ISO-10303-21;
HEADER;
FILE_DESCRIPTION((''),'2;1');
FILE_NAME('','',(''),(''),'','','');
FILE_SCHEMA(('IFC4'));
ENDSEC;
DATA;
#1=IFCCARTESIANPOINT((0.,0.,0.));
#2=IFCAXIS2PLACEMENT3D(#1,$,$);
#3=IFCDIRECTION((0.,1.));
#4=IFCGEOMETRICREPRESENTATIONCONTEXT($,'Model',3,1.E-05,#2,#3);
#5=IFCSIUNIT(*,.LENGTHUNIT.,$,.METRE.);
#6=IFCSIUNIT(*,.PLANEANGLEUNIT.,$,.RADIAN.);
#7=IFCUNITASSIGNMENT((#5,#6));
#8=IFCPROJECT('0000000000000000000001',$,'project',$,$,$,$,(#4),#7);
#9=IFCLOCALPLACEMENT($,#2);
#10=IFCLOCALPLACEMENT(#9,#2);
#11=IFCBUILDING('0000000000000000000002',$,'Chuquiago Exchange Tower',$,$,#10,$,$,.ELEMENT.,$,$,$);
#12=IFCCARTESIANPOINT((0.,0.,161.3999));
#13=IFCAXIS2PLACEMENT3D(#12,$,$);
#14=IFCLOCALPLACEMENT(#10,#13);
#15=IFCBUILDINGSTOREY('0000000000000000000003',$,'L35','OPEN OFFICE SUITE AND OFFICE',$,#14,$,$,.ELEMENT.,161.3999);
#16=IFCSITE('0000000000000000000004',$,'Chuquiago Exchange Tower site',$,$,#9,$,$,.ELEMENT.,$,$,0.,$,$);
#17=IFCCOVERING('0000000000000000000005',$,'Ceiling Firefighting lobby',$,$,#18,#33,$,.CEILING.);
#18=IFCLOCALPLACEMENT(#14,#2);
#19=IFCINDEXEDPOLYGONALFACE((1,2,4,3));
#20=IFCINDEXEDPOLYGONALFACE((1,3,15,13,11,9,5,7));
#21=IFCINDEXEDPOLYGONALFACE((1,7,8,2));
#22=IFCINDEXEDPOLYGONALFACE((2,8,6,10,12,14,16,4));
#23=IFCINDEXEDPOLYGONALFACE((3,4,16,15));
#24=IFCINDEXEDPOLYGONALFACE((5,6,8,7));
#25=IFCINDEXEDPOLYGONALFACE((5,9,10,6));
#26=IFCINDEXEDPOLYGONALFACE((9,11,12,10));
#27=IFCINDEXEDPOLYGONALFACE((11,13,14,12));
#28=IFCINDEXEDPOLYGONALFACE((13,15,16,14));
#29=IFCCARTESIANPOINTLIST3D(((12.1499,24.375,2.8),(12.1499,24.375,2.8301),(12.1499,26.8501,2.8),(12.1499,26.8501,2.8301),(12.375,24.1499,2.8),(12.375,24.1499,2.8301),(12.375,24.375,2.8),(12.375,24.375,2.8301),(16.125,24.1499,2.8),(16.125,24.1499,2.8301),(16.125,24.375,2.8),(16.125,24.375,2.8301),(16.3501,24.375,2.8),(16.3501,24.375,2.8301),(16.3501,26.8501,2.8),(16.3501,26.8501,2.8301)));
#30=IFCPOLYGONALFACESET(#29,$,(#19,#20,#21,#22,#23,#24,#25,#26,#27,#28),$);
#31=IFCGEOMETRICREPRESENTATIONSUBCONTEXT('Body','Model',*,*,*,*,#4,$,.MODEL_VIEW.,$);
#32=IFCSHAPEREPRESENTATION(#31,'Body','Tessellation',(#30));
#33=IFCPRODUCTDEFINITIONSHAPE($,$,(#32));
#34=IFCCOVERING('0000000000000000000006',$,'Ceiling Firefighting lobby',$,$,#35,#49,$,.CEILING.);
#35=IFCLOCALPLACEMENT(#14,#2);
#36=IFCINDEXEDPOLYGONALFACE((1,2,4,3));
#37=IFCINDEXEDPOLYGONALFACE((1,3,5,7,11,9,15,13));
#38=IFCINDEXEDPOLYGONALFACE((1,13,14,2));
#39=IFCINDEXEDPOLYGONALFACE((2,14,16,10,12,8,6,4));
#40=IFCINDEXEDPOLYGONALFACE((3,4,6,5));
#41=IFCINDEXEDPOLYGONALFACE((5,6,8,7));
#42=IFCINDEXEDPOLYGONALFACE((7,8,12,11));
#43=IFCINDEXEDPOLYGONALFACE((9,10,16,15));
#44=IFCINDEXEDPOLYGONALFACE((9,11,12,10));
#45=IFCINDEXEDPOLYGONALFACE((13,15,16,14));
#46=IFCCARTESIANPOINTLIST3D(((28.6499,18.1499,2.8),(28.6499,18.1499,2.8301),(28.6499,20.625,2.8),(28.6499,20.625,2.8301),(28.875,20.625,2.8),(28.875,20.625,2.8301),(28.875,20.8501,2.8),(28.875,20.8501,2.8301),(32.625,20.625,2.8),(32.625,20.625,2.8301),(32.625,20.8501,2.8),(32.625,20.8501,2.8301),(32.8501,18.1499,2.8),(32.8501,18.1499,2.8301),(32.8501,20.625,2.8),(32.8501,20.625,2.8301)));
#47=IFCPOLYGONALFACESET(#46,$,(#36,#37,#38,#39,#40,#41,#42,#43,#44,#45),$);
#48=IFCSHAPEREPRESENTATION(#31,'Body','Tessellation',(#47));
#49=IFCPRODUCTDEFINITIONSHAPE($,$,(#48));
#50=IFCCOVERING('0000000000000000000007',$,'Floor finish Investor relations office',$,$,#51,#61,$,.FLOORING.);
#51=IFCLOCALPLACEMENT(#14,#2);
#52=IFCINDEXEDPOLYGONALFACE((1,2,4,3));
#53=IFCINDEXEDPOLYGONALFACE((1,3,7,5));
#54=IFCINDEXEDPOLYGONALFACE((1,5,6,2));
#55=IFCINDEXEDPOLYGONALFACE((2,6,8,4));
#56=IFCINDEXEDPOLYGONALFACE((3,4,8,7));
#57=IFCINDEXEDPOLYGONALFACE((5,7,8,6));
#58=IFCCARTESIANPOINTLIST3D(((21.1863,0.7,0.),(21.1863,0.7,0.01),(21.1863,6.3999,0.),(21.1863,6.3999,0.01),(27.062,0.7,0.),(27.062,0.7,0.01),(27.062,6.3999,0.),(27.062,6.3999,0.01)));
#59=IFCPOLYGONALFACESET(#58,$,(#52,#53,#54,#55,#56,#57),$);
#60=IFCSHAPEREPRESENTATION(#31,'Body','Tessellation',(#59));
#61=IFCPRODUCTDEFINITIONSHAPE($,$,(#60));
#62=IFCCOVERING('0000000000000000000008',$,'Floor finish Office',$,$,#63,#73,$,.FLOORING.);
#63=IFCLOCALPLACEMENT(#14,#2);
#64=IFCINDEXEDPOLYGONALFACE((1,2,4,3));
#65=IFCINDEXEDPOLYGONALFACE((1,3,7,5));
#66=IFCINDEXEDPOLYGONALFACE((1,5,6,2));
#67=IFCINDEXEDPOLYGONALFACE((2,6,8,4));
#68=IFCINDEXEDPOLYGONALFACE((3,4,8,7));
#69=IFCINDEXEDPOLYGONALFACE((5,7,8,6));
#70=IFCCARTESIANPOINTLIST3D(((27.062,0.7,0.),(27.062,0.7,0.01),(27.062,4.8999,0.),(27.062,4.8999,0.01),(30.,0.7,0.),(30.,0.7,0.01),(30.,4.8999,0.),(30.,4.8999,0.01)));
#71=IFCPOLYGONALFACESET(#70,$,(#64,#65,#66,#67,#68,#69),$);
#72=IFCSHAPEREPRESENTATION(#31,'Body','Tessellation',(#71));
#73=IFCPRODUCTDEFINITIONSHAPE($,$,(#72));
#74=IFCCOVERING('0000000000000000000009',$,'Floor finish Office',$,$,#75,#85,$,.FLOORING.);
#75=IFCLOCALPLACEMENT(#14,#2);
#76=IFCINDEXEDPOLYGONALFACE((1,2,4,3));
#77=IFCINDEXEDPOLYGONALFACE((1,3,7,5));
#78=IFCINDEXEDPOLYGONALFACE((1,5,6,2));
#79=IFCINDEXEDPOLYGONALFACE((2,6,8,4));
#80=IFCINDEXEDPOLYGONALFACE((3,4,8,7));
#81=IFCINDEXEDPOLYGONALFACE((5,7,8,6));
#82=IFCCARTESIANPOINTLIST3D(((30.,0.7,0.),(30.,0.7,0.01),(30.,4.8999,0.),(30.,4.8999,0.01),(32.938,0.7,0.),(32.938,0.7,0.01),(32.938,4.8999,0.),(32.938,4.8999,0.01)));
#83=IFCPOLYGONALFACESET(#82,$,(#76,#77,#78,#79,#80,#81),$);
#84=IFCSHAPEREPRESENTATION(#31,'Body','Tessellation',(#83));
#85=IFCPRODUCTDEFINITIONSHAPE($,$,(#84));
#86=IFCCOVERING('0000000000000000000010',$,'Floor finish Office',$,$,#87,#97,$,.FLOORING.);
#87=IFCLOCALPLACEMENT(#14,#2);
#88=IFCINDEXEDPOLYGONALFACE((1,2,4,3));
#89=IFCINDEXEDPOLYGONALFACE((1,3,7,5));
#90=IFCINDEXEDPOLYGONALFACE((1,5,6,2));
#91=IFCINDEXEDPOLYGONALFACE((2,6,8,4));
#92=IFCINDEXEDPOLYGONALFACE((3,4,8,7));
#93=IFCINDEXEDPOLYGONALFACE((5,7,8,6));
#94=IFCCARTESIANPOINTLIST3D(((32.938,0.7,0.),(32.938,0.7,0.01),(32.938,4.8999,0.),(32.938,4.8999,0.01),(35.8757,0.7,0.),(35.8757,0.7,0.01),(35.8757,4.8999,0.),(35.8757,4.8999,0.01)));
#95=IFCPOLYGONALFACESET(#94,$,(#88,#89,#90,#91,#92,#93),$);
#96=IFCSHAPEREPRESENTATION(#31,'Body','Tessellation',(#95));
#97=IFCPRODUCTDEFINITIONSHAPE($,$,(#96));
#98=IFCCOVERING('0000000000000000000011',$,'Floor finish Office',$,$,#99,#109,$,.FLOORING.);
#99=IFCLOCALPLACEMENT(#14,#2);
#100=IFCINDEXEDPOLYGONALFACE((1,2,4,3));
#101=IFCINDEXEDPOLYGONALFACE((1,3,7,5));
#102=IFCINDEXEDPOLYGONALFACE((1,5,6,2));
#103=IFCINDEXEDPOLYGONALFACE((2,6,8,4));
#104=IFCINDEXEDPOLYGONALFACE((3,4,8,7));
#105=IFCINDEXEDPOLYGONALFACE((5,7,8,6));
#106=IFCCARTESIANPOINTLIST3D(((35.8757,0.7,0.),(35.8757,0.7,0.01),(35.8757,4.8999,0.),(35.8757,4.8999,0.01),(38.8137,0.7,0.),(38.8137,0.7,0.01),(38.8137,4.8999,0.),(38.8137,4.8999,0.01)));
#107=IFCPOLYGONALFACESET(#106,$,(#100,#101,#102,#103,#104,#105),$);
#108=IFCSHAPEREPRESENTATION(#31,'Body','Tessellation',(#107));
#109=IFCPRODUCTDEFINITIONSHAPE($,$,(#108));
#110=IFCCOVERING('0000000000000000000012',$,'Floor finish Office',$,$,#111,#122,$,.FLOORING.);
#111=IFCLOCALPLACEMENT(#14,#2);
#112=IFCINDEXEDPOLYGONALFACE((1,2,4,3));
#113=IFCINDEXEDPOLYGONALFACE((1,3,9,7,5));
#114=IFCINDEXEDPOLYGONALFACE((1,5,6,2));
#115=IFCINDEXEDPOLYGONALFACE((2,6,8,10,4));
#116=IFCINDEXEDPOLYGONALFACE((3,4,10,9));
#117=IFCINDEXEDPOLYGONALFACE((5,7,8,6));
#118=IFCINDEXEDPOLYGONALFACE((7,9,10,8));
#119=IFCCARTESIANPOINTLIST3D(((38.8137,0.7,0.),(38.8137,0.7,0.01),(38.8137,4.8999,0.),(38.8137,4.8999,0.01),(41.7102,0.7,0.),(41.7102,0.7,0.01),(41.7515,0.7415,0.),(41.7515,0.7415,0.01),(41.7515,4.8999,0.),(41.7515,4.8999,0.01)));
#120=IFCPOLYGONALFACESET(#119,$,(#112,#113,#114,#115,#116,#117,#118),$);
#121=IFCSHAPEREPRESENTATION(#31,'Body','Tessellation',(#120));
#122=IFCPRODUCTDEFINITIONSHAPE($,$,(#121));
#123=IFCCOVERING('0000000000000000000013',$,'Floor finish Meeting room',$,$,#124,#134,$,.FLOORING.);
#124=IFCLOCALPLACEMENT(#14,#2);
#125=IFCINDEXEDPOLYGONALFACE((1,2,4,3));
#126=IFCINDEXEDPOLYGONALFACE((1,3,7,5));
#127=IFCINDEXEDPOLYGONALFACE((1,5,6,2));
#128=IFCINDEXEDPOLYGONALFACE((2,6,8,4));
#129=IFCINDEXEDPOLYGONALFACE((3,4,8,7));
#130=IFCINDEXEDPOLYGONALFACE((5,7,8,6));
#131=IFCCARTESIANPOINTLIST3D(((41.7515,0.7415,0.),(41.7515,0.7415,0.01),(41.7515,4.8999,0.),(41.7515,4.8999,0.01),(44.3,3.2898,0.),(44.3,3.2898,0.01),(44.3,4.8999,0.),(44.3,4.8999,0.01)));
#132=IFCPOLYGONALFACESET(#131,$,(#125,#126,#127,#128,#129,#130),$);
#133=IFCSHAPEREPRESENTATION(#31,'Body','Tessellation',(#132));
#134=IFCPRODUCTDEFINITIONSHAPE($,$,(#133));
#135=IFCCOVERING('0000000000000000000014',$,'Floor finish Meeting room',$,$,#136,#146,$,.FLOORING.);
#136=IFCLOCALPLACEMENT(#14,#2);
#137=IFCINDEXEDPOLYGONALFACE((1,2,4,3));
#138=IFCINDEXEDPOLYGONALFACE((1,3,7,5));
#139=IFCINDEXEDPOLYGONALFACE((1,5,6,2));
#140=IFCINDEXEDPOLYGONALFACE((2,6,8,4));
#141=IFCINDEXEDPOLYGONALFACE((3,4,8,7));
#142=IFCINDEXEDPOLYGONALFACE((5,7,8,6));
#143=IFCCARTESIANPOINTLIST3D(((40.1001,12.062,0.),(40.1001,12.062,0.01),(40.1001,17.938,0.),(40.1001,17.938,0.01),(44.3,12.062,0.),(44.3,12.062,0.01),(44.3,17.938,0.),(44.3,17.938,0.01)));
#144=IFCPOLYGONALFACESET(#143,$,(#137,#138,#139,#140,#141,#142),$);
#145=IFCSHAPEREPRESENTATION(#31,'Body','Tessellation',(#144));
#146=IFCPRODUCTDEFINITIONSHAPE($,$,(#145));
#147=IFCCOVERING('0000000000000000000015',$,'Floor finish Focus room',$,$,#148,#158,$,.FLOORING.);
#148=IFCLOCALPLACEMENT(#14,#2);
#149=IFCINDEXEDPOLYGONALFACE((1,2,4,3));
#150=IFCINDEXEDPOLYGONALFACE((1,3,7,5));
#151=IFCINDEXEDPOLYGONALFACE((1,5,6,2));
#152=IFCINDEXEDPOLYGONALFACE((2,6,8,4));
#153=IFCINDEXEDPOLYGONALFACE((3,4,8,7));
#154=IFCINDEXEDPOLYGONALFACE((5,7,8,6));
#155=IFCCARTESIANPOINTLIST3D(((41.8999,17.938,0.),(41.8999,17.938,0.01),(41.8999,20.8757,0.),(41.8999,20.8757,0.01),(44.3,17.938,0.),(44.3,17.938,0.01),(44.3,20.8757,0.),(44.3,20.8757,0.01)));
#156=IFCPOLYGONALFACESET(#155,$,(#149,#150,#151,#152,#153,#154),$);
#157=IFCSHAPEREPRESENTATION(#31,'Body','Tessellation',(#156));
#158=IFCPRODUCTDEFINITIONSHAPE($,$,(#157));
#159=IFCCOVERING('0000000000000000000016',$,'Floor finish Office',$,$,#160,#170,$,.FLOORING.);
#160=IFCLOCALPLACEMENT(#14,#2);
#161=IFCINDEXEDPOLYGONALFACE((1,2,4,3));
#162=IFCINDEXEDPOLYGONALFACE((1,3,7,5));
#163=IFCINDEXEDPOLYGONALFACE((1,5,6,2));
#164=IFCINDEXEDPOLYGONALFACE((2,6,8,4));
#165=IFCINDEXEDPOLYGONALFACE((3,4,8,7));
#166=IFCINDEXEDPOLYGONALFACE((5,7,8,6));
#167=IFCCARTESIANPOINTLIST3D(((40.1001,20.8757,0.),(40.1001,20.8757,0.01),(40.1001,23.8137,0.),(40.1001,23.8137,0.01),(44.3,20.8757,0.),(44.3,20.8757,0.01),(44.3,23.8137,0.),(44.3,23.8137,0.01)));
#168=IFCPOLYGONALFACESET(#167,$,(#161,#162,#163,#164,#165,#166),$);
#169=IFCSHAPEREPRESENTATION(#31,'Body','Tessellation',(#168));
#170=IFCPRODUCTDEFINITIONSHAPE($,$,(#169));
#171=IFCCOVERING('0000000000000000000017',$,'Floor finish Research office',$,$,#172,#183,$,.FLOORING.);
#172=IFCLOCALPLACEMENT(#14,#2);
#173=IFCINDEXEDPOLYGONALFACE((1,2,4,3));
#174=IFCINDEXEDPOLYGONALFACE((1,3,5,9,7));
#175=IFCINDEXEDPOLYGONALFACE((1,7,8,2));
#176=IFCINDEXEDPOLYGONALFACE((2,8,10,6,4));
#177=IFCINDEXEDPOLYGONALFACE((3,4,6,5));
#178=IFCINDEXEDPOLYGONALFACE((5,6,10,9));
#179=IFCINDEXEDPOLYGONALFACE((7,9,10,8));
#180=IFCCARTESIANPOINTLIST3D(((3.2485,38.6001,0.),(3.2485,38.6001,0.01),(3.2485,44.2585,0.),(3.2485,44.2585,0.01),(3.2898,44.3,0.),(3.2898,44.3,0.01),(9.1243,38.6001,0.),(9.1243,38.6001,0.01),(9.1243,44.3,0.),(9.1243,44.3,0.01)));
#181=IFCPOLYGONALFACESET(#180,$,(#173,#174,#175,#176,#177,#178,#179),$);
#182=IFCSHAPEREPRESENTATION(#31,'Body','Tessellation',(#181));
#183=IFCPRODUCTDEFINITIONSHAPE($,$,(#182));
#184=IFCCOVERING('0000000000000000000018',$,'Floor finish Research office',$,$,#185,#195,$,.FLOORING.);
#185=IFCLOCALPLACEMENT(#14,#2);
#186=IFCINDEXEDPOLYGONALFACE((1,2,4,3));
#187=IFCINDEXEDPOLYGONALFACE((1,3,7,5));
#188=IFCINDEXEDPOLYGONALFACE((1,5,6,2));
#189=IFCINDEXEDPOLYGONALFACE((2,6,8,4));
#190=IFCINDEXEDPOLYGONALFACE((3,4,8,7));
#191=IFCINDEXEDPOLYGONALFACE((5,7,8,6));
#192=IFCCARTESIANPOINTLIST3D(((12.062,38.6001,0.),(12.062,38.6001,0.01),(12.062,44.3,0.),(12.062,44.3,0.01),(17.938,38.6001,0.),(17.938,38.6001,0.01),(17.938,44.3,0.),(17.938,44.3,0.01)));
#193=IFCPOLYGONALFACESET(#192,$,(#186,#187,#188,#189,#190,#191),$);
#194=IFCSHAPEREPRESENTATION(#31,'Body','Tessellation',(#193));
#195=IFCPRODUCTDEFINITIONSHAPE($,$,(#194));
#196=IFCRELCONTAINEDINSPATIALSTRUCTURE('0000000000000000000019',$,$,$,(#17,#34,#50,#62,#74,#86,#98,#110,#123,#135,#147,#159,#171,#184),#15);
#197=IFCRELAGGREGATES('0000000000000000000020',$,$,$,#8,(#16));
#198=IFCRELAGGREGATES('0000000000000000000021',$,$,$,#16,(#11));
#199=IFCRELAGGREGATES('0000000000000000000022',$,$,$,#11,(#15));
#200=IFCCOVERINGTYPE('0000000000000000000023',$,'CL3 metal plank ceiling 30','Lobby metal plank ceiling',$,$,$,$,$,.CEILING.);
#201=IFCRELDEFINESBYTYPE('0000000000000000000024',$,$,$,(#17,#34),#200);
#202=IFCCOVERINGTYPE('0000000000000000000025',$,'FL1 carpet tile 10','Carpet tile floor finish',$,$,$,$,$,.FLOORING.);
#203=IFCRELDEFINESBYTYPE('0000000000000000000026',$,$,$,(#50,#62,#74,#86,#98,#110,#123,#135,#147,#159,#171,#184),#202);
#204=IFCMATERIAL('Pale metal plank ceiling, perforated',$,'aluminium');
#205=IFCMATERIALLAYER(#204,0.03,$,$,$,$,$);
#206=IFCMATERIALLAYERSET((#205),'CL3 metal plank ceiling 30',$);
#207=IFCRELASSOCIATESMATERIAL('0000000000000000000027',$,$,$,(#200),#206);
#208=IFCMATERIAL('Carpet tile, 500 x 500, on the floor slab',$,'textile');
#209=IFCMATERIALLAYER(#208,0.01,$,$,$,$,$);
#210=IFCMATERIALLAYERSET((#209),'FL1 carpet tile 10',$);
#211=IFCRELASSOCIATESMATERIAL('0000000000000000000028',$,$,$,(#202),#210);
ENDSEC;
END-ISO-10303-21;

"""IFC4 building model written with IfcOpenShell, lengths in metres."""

from ifc_helpers import new_model, si_unit, direction, frame, origin, place, context, subcontext, project, spatial, polyline, outline, extrude, material, layer, layer_set, type_object, element, save


model = new_model("IFC4")

# Units and contexts
model_context = context("Model", 3, precision=1e-05, world=origin(), true_north=direction((0.0, 1.0)))
body_context = subcontext(model_context, "Body", "Model", "MODEL_VIEW")
ifc_project = project(units=[si_unit("LENGTHUNIT", "METRE"), si_unit("PLANEANGLEUNIT", "RADIAN")], contexts=[model_context])

# Site, building, storey
site_placement = place(None, origin())
site = spatial("IfcSite", under=ifc_project, at=site_placement, Name="Chuquiago Exchange Tower site", CompositionType="ELEMENT", RefElevation=0.0)
building_placement = place(site_placement, origin())
building = spatial("IfcBuilding", under=site, at=building_placement, Name="Chuquiago Exchange Tower", CompositionType="ELEMENT")
storey_placement = place(building_placement, frame((0.0, 0.0, 161.3999)))
storey = spatial("IfcBuildingStorey", under=building, at=storey_placement, Name="L35", Description="OPEN OFFICE SUITE AND OFFICE", CompositionType="ELEMENT", Elevation=161.3999)

# Coverings
ifc_material_1 = material(Name="Pale metal plank ceiling, perforated", Category="aluminium")
ifc_layer_1 = layer(ifc_material_1, 0.03)
ifc_layer_set_1 = layer_set([ifc_layer_1], Name="CL3 metal plank ceiling 30")
covering_type_1 = type_object("IfcCoveringType", Name="CL3 metal plank ceiling 30", Description="Lobby metal plank ceiling", PredefinedType="CEILING", material=ifc_layer_set_1)
covering_1_placement = place(storey_placement, frame((0.0, 0.0, 2.8)))
element("IfcCovering", 1, at=covering_1_placement, inside=storey, type_object=covering_type_1, Name="Ceiling Firefighting lobby", PredefinedType="CEILING", context=body_context, shape_type="SweptSolid", body=[
    extrude(outline(polyline([(12.375, 24.1499), (12.375, 24.375), (12.1499, 24.375), (12.1499, 26.8501), (16.3501, 26.8501), (16.3501, 24.375), (16.125, 24.375), (16.125, 24.1499), (12.375, 24.1499)])), origin(), (0.0, 0.0, 1.0), 0.03),
])
covering_2_placement = place(storey_placement, frame((0.0, 0.0, 2.8)))
element("IfcCovering", 2, at=covering_2_placement, inside=storey, type_object=covering_type_1, Name="Ceiling Firefighting lobby", PredefinedType="CEILING", context=body_context, shape_type="SweptSolid", body=[
    extrude(outline(polyline([(28.6499, 18.1499), (28.6499, 20.625), (28.875, 20.625), (28.875, 20.8501), (32.625, 20.8501), (32.625, 20.625), (32.8501, 20.625), (32.8501, 18.1499), (28.6499, 18.1499)])), origin(), (0.0, 0.0, 1.0), 0.03),
])
ifc_material_2 = material(Name="Carpet tile, 500 x 500, on the floor slab", Category="textile")
ifc_layer_2 = layer(ifc_material_2, 0.01)
ifc_layer_set_2 = layer_set([ifc_layer_2], Name="FL1 carpet tile 10")
covering_type_2 = type_object("IfcCoveringType", Name="FL1 carpet tile 10", Description="Carpet tile floor finish", PredefinedType="FLOORING", material=ifc_layer_set_2)
covering_3_placement = place(storey_placement, origin())
element("IfcCovering", 3, at=covering_3_placement, inside=storey, type_object=covering_type_2, Name="Floor finish Investor relations office", PredefinedType="FLOORING", context=body_context, shape_type="SweptSolid", body=[
    extrude(outline(polyline([(21.1863, 0.7), (21.1863, 6.3999), (27.062, 6.3999), (27.062, 0.7), (21.1863, 0.7)])), origin(), (0.0, 0.0, 1.0), 0.01),
])
covering_4_placement = place(storey_placement, origin())
element("IfcCovering", 4, at=covering_4_placement, inside=storey, type_object=covering_type_2, Name="Floor finish Office", PredefinedType="FLOORING", context=body_context, shape_type="SweptSolid", body=[
    extrude(outline(polyline([(27.062, 0.7), (27.062, 4.8999), (30.0, 4.8999), (30.0, 0.7), (27.062, 0.7)])), origin(), (0.0, 0.0, 1.0), 0.01),
])
covering_5_placement = place(storey_placement, origin())
element("IfcCovering", 5, at=covering_5_placement, inside=storey, type_object=covering_type_2, Name="Floor finish Office", PredefinedType="FLOORING", context=body_context, shape_type="SweptSolid", body=[
    extrude(outline(polyline([(30.0, 0.7), (30.0, 4.8999), (32.938, 4.8999), (32.938, 0.7), (30.0, 0.7)])), origin(), (0.0, 0.0, 1.0), 0.01),
])
covering_6_placement = place(storey_placement, origin())
element("IfcCovering", 6, at=covering_6_placement, inside=storey, type_object=covering_type_2, Name="Floor finish Office", PredefinedType="FLOORING", context=body_context, shape_type="SweptSolid", body=[
    extrude(outline(polyline([(32.938, 0.7), (32.938, 4.8999), (35.8757, 4.8999), (35.8757, 0.7), (32.938, 0.7)])), origin(), (0.0, 0.0, 1.0), 0.01),
])
covering_7_placement = place(storey_placement, origin())
element("IfcCovering", 7, at=covering_7_placement, inside=storey, type_object=covering_type_2, Name="Floor finish Office", PredefinedType="FLOORING", context=body_context, shape_type="SweptSolid", body=[
    extrude(outline(polyline([(35.8757, 0.7), (35.8757, 4.8999), (38.8137, 4.8999), (38.8137, 0.7), (35.8757, 0.7)])), origin(), (0.0, 0.0, 1.0), 0.01),
])
covering_8_placement = place(storey_placement, origin())
element("IfcCovering", 8, at=covering_8_placement, inside=storey, type_object=covering_type_2, Name="Floor finish Office", PredefinedType="FLOORING", context=body_context, shape_type="SweptSolid", body=[
    extrude(outline(polyline([(41.7102, 0.7), (38.8137, 0.7), (38.8137, 4.8999), (41.7515, 4.8999), (41.7515, 0.7415), (41.7102, 0.7)])), origin(), (0.0, 0.0, 1.0), 0.01),
])
covering_9_placement = place(storey_placement, origin())
element("IfcCovering", 9, at=covering_9_placement, inside=storey, type_object=covering_type_2, Name="Floor finish Meeting room", PredefinedType="FLOORING", context=body_context, shape_type="SweptSolid", body=[
    extrude(outline(polyline([(44.3, 3.2898), (41.7515, 0.7415), (41.7515, 4.8999), (44.3, 4.8999), (44.3, 3.2898)])), origin(), (0.0, 0.0, 1.0), 0.01),
])
covering_10_placement = place(storey_placement, origin())
element("IfcCovering", 10, at=covering_10_placement, inside=storey, type_object=covering_type_2, Name="Floor finish Meeting room", PredefinedType="FLOORING", context=body_context, shape_type="SweptSolid", body=[
    extrude(outline(polyline([(44.3, 12.062), (40.1001, 12.062), (40.1001, 17.938), (44.3, 17.938), (44.3, 12.062)])), origin(), (0.0, 0.0, 1.0), 0.01),
])
covering_11_placement = place(storey_placement, origin())
element("IfcCovering", 11, at=covering_11_placement, inside=storey, type_object=covering_type_2, Name="Floor finish Focus room", PredefinedType="FLOORING", context=body_context, shape_type="SweptSolid", body=[
    extrude(outline(polyline([(44.3, 17.938), (41.8999, 17.938), (41.8999, 20.8757), (44.3, 20.8757), (44.3, 17.938)])), origin(), (0.0, 0.0, 1.0), 0.01),
])
covering_12_placement = place(storey_placement, origin())
element("IfcCovering", 12, at=covering_12_placement, inside=storey, type_object=covering_type_2, Name="Floor finish Office", PredefinedType="FLOORING", context=body_context, shape_type="SweptSolid", body=[
    extrude(outline(polyline([(44.3, 20.8757), (40.1001, 20.8757), (40.1001, 23.8137), (44.3, 23.8137), (44.3, 20.8757)])), origin(), (0.0, 0.0, 1.0), 0.01),
])
covering_13_placement = place(storey_placement, origin())
element("IfcCovering", 13, at=covering_13_placement, inside=storey, type_object=covering_type_2, Name="Floor finish Research office", PredefinedType="FLOORING", context=body_context, shape_type="SweptSolid", body=[
    extrude(outline(polyline([(3.2898, 44.3), (9.1243, 44.3), (9.1243, 38.6001), (3.2485, 38.6001), (3.2485, 44.2585), (3.2898, 44.3)])), origin(), (0.0, 0.0, 1.0), 0.01),
])
covering_14_placement = place(storey_placement, origin())
element("IfcCovering", 14, at=covering_14_placement, inside=storey, type_object=covering_type_2, Name="Floor finish Research office", PredefinedType="FLOORING", context=body_context, shape_type="SweptSolid", body=[
    extrude(outline(polyline([(17.938, 44.3), (17.938, 38.6001), (12.062, 38.6001), (12.062, 44.3), (17.938, 44.3)])), origin(), (0.0, 0.0, 1.0), 0.01),
])

save(model, "model.ifc")
